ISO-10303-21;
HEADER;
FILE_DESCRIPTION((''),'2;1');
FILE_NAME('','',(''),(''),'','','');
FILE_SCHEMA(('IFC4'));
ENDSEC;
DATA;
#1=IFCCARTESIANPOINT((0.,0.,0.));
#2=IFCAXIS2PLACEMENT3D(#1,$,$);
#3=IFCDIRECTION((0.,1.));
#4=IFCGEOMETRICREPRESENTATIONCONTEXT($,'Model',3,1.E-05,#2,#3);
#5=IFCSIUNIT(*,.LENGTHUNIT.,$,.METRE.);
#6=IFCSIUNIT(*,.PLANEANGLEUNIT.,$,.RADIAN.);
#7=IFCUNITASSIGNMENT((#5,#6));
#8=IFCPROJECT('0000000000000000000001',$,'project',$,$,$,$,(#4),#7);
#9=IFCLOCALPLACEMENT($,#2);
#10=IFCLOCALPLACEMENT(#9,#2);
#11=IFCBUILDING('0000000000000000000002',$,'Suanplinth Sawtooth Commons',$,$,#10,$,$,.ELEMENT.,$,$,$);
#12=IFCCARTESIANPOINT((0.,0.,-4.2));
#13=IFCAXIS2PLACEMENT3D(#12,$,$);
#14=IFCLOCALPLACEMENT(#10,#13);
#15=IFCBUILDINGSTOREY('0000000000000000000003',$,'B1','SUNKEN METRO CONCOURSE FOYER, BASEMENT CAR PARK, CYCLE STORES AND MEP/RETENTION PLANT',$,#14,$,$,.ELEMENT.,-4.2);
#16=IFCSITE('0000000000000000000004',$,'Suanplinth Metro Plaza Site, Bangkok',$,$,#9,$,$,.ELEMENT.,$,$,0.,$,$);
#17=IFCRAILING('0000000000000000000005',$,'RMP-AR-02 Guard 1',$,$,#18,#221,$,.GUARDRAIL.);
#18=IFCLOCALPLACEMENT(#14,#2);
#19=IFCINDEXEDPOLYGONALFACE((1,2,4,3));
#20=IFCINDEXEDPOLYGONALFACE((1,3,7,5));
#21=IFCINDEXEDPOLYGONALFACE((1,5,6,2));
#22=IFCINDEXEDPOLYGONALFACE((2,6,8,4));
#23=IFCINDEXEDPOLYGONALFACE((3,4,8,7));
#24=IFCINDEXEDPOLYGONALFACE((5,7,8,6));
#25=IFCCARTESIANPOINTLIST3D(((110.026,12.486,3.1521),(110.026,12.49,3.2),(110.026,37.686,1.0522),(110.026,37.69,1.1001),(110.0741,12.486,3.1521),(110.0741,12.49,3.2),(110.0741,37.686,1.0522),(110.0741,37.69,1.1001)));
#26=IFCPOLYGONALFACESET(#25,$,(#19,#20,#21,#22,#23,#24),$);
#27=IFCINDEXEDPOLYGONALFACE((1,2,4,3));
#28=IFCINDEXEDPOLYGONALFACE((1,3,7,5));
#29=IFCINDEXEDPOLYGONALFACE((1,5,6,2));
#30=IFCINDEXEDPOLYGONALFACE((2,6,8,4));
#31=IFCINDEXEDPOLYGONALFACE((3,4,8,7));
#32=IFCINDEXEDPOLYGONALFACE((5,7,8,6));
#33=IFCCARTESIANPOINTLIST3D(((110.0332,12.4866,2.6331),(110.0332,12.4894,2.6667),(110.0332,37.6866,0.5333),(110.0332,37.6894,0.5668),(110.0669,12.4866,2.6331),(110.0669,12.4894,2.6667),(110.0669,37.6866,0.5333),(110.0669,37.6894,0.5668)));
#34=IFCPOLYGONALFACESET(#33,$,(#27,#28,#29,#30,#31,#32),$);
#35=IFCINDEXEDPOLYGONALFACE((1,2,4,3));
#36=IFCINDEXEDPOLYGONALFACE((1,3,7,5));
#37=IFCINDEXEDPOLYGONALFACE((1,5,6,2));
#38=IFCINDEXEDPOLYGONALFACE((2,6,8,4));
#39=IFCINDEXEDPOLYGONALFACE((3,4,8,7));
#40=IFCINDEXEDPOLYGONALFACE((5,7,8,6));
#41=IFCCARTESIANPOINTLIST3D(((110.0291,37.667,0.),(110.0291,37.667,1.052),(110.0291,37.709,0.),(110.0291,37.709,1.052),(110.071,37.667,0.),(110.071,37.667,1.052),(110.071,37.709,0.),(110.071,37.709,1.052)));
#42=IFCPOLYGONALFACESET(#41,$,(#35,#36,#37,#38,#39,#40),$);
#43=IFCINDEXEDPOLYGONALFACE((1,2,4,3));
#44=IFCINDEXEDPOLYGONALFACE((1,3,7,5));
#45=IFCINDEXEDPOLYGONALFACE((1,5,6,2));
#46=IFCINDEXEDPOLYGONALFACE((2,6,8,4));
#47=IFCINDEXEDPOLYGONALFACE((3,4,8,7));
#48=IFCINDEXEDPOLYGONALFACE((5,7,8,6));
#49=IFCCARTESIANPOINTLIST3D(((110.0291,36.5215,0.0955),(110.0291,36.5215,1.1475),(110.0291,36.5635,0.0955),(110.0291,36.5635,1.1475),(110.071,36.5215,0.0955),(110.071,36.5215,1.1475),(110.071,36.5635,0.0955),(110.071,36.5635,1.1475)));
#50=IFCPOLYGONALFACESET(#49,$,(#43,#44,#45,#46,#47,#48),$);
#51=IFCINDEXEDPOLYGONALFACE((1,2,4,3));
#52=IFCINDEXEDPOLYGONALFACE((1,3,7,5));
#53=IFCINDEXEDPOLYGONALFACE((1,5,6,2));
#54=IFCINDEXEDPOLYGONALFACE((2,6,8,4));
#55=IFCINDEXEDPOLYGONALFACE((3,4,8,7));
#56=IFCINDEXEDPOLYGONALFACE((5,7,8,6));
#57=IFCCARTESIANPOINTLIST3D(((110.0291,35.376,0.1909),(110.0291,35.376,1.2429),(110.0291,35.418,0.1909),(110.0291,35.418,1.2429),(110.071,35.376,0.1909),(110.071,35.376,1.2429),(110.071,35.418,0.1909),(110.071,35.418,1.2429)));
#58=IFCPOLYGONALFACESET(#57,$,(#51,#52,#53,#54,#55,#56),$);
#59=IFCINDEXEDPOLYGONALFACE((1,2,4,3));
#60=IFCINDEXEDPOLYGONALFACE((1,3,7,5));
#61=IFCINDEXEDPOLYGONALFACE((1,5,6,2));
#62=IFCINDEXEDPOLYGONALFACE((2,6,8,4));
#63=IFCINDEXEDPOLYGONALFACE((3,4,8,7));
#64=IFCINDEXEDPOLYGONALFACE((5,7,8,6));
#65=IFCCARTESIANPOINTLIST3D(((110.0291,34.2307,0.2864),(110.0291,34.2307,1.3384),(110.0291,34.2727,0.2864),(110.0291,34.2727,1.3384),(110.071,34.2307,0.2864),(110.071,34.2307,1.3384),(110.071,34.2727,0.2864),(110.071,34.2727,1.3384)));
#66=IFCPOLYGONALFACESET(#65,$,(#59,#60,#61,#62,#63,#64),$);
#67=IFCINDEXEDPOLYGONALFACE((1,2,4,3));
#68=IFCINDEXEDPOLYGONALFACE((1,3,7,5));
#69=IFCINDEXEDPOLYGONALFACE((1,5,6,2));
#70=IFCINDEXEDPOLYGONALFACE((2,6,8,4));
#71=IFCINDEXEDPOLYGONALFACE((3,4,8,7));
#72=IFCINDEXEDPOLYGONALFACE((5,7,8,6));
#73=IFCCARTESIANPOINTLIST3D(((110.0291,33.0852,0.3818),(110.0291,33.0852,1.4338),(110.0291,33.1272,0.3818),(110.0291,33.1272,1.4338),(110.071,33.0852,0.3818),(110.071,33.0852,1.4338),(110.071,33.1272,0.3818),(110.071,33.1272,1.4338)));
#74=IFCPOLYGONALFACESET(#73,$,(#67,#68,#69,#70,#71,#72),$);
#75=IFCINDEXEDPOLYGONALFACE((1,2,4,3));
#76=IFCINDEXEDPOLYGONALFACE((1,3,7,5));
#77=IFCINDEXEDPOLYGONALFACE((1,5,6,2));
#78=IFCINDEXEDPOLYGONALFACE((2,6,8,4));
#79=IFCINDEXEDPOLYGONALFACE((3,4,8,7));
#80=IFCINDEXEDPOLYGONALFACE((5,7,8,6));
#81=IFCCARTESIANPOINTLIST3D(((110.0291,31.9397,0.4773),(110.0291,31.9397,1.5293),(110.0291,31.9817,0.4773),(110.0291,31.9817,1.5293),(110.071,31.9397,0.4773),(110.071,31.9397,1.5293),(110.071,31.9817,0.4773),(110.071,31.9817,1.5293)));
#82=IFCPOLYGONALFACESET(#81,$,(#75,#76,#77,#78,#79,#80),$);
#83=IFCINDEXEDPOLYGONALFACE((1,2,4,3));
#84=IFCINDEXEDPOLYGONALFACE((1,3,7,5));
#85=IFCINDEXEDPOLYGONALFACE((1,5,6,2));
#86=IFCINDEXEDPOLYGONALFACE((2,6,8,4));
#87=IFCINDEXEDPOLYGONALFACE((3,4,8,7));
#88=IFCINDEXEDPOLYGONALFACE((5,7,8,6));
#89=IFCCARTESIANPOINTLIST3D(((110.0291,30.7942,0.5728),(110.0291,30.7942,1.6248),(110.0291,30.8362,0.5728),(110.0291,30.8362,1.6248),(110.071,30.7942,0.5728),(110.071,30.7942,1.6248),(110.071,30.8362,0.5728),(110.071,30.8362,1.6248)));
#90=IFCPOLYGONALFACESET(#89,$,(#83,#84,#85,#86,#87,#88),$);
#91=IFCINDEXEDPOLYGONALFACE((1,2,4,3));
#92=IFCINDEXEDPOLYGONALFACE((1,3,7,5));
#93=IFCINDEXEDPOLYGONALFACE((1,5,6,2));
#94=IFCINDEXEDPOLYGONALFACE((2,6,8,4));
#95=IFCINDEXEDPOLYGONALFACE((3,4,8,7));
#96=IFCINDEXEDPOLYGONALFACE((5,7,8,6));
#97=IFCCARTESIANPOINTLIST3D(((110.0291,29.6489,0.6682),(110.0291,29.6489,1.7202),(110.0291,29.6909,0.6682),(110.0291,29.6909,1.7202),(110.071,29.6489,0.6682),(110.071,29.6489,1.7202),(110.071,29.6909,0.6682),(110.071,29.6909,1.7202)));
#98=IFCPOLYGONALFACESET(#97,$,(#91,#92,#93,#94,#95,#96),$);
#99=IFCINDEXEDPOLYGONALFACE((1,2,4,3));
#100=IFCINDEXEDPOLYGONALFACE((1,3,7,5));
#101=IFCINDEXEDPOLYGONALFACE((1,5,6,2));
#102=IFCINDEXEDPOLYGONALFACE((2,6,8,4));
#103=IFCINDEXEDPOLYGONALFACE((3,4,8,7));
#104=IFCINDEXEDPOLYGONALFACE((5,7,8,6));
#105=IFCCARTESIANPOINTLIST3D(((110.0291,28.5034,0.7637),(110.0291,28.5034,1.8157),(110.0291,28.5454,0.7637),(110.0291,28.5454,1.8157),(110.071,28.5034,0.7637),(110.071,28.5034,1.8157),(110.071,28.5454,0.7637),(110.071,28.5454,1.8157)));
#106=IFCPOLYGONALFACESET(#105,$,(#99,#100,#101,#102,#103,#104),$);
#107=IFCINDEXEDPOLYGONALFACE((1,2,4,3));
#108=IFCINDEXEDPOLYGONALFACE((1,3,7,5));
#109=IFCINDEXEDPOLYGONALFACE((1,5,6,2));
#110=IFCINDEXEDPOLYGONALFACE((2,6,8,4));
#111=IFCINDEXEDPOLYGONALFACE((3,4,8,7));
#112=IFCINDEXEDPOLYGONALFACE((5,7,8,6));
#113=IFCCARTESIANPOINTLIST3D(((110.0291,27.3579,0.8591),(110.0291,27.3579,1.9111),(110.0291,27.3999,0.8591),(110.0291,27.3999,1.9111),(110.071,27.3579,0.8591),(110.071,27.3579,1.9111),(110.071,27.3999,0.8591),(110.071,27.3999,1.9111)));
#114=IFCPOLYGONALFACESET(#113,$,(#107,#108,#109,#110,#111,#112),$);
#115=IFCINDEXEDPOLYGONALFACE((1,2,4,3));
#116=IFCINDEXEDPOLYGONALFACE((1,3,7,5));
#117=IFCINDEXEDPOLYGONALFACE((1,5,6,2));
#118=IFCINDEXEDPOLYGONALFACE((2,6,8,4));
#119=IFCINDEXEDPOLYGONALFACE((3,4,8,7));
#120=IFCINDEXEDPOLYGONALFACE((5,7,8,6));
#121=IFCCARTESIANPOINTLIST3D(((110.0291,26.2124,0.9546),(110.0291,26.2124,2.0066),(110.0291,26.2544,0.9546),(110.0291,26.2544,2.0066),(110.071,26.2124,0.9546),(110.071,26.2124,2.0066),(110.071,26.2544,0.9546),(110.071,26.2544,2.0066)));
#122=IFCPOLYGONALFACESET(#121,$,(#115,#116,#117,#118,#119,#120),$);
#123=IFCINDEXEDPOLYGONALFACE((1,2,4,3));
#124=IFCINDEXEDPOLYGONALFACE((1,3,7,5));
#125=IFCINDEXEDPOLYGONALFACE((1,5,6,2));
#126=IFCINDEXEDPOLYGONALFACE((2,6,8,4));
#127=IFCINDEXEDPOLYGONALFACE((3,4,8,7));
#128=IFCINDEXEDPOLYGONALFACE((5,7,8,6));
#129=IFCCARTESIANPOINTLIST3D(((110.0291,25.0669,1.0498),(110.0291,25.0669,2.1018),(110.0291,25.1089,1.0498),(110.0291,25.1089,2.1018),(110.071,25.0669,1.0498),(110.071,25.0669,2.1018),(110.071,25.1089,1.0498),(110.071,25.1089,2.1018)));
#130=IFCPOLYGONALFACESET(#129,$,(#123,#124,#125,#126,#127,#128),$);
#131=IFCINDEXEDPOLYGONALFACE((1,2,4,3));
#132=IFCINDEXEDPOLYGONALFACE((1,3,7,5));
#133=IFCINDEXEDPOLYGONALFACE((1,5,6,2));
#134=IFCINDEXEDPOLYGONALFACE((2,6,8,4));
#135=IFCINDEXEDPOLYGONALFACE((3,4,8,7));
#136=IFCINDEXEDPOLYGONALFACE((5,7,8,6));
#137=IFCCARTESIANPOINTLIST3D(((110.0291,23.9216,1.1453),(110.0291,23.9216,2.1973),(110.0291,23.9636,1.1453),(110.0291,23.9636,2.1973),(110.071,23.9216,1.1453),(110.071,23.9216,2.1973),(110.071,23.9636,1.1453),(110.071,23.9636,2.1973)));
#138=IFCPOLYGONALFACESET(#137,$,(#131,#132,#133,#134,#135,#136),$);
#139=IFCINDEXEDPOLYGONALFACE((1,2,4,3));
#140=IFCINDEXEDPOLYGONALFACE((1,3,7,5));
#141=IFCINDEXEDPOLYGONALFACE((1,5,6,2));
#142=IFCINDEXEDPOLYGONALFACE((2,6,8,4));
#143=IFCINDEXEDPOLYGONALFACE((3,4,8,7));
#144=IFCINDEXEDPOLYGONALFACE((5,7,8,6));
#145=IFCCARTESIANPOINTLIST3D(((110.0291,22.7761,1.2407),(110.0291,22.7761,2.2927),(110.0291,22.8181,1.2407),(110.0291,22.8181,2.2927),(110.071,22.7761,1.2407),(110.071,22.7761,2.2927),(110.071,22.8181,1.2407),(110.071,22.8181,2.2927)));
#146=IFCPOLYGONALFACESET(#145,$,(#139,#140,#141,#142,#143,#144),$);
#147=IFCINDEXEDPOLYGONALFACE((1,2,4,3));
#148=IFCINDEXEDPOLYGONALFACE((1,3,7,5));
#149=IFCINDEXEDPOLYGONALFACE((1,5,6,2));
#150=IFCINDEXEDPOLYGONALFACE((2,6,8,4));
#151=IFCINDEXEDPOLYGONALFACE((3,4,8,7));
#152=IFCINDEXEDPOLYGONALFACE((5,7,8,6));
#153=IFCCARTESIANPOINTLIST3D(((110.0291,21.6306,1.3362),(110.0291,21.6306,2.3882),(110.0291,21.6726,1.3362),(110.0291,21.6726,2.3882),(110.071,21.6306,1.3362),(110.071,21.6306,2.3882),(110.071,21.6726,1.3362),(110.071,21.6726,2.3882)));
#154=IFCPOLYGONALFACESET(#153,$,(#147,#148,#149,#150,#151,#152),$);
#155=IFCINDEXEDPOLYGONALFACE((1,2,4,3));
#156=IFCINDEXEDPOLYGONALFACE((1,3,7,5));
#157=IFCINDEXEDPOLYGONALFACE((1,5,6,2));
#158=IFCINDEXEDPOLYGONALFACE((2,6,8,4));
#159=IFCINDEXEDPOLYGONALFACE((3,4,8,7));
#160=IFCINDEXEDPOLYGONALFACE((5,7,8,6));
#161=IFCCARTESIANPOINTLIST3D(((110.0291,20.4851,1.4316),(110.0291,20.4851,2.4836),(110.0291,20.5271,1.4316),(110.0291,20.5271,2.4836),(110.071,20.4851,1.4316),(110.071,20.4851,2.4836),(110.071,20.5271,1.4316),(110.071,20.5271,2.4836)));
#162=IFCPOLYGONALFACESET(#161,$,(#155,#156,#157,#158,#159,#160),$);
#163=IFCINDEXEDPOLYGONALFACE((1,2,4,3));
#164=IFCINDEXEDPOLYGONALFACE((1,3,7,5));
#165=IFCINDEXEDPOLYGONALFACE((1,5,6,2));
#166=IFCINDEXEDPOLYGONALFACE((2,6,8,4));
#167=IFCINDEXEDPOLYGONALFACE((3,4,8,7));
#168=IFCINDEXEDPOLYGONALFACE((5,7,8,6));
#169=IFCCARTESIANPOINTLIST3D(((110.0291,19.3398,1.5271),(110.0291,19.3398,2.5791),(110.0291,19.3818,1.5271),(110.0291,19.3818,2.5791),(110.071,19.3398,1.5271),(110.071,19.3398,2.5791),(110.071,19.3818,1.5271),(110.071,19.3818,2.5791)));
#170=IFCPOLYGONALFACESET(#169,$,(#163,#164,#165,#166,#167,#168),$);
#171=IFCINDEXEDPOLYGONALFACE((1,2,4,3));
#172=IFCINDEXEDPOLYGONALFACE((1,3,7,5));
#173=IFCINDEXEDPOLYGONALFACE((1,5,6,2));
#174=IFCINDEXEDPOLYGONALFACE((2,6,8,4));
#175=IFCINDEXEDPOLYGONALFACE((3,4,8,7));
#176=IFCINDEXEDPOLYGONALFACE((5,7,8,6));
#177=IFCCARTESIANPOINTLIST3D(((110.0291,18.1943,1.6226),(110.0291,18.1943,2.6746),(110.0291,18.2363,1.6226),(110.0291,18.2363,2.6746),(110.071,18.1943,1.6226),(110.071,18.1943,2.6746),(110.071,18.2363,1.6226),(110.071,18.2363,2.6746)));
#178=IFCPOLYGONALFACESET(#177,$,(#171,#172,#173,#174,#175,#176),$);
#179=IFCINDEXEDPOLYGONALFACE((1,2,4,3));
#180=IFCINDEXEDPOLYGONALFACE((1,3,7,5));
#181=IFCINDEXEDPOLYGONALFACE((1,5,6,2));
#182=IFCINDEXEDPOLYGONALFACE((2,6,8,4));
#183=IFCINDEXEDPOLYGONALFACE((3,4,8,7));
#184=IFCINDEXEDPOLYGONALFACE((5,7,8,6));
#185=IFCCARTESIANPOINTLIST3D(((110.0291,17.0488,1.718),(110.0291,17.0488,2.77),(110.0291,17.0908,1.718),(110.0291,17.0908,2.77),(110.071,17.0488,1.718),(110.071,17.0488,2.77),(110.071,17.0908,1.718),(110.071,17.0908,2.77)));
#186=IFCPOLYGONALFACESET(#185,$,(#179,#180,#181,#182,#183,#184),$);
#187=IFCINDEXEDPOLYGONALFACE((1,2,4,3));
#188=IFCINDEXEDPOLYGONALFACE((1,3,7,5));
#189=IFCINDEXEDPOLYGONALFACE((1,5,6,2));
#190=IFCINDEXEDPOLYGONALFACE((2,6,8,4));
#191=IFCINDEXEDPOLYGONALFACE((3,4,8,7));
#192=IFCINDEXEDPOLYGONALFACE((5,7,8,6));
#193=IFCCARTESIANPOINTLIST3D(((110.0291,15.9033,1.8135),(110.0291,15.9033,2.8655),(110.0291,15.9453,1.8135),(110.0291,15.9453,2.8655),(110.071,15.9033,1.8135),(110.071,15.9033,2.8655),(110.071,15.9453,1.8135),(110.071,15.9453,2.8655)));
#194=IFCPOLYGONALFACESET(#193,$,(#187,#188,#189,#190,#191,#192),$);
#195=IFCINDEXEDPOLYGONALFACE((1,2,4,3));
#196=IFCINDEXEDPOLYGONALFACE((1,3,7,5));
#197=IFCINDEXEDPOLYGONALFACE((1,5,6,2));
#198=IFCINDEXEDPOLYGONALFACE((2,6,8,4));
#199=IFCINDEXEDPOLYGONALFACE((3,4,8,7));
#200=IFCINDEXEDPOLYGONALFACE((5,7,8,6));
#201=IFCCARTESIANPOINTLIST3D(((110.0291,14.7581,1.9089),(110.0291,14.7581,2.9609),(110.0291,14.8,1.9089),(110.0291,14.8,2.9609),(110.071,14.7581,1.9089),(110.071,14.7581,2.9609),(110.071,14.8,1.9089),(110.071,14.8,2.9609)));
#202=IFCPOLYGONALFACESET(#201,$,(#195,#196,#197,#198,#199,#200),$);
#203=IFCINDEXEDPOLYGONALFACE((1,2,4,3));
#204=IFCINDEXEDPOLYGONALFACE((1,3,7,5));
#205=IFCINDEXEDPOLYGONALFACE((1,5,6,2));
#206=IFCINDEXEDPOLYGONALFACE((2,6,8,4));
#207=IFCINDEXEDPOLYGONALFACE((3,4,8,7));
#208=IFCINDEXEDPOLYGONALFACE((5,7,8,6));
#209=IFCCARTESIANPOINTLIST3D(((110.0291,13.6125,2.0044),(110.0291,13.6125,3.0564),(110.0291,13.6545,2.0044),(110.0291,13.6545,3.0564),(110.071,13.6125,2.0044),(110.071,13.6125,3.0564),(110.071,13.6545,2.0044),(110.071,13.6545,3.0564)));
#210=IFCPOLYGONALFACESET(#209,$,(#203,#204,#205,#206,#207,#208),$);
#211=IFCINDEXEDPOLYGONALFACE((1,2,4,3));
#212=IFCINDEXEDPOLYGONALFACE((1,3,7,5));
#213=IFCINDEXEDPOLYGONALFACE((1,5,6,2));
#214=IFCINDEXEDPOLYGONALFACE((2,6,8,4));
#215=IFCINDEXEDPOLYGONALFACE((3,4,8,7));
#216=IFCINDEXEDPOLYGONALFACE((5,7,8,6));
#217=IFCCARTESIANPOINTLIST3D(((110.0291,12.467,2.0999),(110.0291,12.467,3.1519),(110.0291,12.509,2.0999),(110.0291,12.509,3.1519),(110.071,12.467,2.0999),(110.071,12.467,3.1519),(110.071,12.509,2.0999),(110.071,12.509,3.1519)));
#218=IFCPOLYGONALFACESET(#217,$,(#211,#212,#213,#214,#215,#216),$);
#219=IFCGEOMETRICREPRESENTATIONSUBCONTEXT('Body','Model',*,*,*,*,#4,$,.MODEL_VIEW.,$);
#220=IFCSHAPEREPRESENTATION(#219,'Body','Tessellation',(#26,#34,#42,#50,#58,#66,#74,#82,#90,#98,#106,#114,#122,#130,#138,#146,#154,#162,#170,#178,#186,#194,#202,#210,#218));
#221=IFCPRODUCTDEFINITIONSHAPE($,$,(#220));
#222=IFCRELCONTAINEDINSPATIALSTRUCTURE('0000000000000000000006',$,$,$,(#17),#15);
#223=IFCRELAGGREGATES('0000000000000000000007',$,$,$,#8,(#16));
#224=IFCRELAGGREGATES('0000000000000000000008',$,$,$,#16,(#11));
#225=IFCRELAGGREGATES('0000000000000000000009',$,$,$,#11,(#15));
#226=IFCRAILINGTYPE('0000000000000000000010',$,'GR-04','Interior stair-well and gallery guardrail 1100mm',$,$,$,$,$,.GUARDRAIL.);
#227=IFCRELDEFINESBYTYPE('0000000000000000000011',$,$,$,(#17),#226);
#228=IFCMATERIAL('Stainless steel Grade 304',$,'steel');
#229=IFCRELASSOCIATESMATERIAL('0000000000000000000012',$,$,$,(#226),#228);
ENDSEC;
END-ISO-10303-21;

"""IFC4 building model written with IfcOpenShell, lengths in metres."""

from ifc_helpers import new_model, si_unit, direction, frame, origin, origin_2d, place, context, subcontext, project, spatial, rectangle, extrude, material, type_object, element, save


model = new_model("IFC4")

# Units and contexts
model_context = context("Model", 3, precision=1e-05, world=origin(), true_north=direction((0.0, 1.0)))
body_context = subcontext(model_context, "Body", "Model", "MODEL_VIEW")
ifc_project = project(units=[si_unit("LENGTHUNIT", "METRE"), si_unit("PLANEANGLEUNIT", "RADIAN")], contexts=[model_context])

# Site, building, storey
site_placement = place(None, origin())
site = spatial("IfcSite", under=ifc_project, at=site_placement, Name="Suanplinth Metro Plaza Site, Bangkok", CompositionType="ELEMENT", RefElevation=0.0)
building_placement = place(site_placement, origin())
building = spatial("IfcBuilding", under=site, at=building_placement, Name="Suanplinth Sawtooth Commons", CompositionType="ELEMENT")
storey_placement = place(building_placement, frame((0.0, 0.0, -4.2)))
storey = spatial("IfcBuildingStorey", under=building, at=storey_placement, Name="B1", Description="SUNKEN METRO CONCOURSE FOYER, BASEMENT CAR PARK, CYCLE STORES AND MEP/RETENTION PLANT", CompositionType="ELEMENT", Elevation=-4.2)

# Railing
ifc_material_1 = material(Name="Stainless steel Grade 304", Category="steel")
railing_type_1 = type_object("IfcRailingType", Name="GR-04", Description="Interior stair-well and gallery guardrail 1100mm", PredefinedType="GUARDRAIL", material=ifc_material_1)
railing_1_placement = place(storey_placement, frame((110.05, 37.688, 0.0)))
element("IfcRailing", 1, at=railing_1_placement, inside=storey, type_object=railing_type_1, Name="RMP-AR-02 Guard 1", PredefinedType="GUARDRAIL", context=body_context, shape_type="SweptSolid", body=[
    extrude(rectangle(XDim=0.0481, YDim=0.0481, at=origin_2d()), frame((0.0, 0.0, 1.0762), z_axis=(0.0, -0.996546, 0.08304), x_axis=(1.0, 0.0, 0.0)), (0.0, 0.0, 1.0), 25.2874),
    extrude(rectangle(XDim=0.0337, YDim=0.0337, at=origin_2d()), frame((0.0, 0.0, 0.55), z_axis=(0.0, -0.996546, 0.08304), x_axis=(1.0, 0.0, 0.0)), (0.0, 0.0, 1.0), 25.2874),
    extrude(rectangle(XDim=0.042, YDim=0.042, at=origin_2d()), origin(), (0.0, 0.0, 1.0), 1.052),
    extrude(rectangle(XDim=0.042, YDim=0.042, at=origin_2d()), frame((0.0, -1.1455, 0.0955)), (0.0, 0.0, 1.0), 1.052),
    extrude(rectangle(XDim=0.042, YDim=0.042, at=origin_2d()), frame((0.0, -2.291, 0.1909)), (0.0, 0.0, 1.0), 1.052),
    extrude(rectangle(XDim=0.042, YDim=0.042, at=origin_2d()), frame((0.0, -3.4363, 0.2864)), (0.0, 0.0, 1.0), 1.052),
    extrude(rectangle(XDim=0.042, YDim=0.042, at=origin_2d()), frame((0.0, -4.5818, 0.3818)), (0.0, 0.0, 1.0), 1.052),
    extrude(rectangle(XDim=0.042, YDim=0.042, at=origin_2d()), frame((0.0, -5.7273, 0.4773)), (0.0, 0.0, 1.0), 1.052),
    extrude(rectangle(XDim=0.042, YDim=0.042, at=origin_2d()), frame((0.0, -6.8728, 0.5728)), (0.0, 0.0, 1.0), 1.052),
    extrude(rectangle(XDim=0.042, YDim=0.042, at=origin_2d()), frame((0.0, -8.0181, 0.6682)), (0.0, 0.0, 1.0), 1.052),
    extrude(rectangle(XDim=0.042, YDim=0.042, at=origin_2d()), frame((0.0, -9.1636, 0.7637)), (0.0, 0.0, 1.0), 1.052),
    extrude(rectangle(XDim=0.042, YDim=0.042, at=origin_2d()), frame((0.0, -10.3091, 0.8591)), (0.0, 0.0, 1.0), 1.052),
    extrude(rectangle(XDim=0.042, YDim=0.042, at=origin_2d()), frame((0.0, -11.4546, 0.9546)), (0.0, 0.0, 1.0), 1.052),
    extrude(rectangle(XDim=0.042, YDim=0.042, at=origin_2d()), frame((0.0, -12.6001, 1.0498)), (0.0, 0.0, 1.0), 1.052),
    extrude(rectangle(XDim=0.042, YDim=0.042, at=origin_2d()), frame((0.0, -13.7454, 1.1453)), (0.0, 0.0, 1.0), 1.052),
    extrude(rectangle(XDim=0.042, YDim=0.042, at=origin_2d()), frame((0.0, -14.8909, 1.2407)), (0.0, 0.0, 1.0), 1.052),
    extrude(rectangle(XDim=0.042, YDim=0.042, at=origin_2d()), frame((0.0, -16.0364, 1.3362)), (0.0, 0.0, 1.0), 1.052),
    extrude(rectangle(XDim=0.042, YDim=0.042, at=origin_2d()), frame((0.0, -17.1819, 1.4316)), (0.0, 0.0, 1.0), 1.052),
    extrude(rectangle(XDim=0.042, YDim=0.042, at=origin_2d()), frame((0.0, -18.3271, 1.5271)), (0.0, 0.0, 1.0), 1.052),
    extrude(rectangle(XDim=0.042, YDim=0.042, at=origin_2d()), frame((0.0, -19.4727, 1.6226)), (0.0, 0.0, 1.0), 1.052),
    extrude(rectangle(XDim=0.042, YDim=0.042, at=origin_2d()), frame((0.0, -20.6182, 1.718)), (0.0, 0.0, 1.0), 1.052),
    extrude(rectangle(XDim=0.042, YDim=0.042, at=origin_2d()), frame((0.0, -21.7637, 1.8135)), (0.0, 0.0, 1.0), 1.052),
    extrude(rectangle(XDim=0.042, YDim=0.042, at=origin_2d()), frame((0.0, -22.9089, 1.9089)), (0.0, 0.0, 1.0), 1.052),
    extrude(rectangle(XDim=0.042, YDim=0.042, at=origin_2d()), frame((0.0, -24.0544, 2.0044)), (0.0, 0.0, 1.0), 1.052),
    extrude(rectangle(XDim=0.042, YDim=0.042, at=origin_2d()), frame((0.0, -25.2, 2.0999)), (0.0, 0.0, 1.0), 1.052),
])

save(model, "model.ifc")
